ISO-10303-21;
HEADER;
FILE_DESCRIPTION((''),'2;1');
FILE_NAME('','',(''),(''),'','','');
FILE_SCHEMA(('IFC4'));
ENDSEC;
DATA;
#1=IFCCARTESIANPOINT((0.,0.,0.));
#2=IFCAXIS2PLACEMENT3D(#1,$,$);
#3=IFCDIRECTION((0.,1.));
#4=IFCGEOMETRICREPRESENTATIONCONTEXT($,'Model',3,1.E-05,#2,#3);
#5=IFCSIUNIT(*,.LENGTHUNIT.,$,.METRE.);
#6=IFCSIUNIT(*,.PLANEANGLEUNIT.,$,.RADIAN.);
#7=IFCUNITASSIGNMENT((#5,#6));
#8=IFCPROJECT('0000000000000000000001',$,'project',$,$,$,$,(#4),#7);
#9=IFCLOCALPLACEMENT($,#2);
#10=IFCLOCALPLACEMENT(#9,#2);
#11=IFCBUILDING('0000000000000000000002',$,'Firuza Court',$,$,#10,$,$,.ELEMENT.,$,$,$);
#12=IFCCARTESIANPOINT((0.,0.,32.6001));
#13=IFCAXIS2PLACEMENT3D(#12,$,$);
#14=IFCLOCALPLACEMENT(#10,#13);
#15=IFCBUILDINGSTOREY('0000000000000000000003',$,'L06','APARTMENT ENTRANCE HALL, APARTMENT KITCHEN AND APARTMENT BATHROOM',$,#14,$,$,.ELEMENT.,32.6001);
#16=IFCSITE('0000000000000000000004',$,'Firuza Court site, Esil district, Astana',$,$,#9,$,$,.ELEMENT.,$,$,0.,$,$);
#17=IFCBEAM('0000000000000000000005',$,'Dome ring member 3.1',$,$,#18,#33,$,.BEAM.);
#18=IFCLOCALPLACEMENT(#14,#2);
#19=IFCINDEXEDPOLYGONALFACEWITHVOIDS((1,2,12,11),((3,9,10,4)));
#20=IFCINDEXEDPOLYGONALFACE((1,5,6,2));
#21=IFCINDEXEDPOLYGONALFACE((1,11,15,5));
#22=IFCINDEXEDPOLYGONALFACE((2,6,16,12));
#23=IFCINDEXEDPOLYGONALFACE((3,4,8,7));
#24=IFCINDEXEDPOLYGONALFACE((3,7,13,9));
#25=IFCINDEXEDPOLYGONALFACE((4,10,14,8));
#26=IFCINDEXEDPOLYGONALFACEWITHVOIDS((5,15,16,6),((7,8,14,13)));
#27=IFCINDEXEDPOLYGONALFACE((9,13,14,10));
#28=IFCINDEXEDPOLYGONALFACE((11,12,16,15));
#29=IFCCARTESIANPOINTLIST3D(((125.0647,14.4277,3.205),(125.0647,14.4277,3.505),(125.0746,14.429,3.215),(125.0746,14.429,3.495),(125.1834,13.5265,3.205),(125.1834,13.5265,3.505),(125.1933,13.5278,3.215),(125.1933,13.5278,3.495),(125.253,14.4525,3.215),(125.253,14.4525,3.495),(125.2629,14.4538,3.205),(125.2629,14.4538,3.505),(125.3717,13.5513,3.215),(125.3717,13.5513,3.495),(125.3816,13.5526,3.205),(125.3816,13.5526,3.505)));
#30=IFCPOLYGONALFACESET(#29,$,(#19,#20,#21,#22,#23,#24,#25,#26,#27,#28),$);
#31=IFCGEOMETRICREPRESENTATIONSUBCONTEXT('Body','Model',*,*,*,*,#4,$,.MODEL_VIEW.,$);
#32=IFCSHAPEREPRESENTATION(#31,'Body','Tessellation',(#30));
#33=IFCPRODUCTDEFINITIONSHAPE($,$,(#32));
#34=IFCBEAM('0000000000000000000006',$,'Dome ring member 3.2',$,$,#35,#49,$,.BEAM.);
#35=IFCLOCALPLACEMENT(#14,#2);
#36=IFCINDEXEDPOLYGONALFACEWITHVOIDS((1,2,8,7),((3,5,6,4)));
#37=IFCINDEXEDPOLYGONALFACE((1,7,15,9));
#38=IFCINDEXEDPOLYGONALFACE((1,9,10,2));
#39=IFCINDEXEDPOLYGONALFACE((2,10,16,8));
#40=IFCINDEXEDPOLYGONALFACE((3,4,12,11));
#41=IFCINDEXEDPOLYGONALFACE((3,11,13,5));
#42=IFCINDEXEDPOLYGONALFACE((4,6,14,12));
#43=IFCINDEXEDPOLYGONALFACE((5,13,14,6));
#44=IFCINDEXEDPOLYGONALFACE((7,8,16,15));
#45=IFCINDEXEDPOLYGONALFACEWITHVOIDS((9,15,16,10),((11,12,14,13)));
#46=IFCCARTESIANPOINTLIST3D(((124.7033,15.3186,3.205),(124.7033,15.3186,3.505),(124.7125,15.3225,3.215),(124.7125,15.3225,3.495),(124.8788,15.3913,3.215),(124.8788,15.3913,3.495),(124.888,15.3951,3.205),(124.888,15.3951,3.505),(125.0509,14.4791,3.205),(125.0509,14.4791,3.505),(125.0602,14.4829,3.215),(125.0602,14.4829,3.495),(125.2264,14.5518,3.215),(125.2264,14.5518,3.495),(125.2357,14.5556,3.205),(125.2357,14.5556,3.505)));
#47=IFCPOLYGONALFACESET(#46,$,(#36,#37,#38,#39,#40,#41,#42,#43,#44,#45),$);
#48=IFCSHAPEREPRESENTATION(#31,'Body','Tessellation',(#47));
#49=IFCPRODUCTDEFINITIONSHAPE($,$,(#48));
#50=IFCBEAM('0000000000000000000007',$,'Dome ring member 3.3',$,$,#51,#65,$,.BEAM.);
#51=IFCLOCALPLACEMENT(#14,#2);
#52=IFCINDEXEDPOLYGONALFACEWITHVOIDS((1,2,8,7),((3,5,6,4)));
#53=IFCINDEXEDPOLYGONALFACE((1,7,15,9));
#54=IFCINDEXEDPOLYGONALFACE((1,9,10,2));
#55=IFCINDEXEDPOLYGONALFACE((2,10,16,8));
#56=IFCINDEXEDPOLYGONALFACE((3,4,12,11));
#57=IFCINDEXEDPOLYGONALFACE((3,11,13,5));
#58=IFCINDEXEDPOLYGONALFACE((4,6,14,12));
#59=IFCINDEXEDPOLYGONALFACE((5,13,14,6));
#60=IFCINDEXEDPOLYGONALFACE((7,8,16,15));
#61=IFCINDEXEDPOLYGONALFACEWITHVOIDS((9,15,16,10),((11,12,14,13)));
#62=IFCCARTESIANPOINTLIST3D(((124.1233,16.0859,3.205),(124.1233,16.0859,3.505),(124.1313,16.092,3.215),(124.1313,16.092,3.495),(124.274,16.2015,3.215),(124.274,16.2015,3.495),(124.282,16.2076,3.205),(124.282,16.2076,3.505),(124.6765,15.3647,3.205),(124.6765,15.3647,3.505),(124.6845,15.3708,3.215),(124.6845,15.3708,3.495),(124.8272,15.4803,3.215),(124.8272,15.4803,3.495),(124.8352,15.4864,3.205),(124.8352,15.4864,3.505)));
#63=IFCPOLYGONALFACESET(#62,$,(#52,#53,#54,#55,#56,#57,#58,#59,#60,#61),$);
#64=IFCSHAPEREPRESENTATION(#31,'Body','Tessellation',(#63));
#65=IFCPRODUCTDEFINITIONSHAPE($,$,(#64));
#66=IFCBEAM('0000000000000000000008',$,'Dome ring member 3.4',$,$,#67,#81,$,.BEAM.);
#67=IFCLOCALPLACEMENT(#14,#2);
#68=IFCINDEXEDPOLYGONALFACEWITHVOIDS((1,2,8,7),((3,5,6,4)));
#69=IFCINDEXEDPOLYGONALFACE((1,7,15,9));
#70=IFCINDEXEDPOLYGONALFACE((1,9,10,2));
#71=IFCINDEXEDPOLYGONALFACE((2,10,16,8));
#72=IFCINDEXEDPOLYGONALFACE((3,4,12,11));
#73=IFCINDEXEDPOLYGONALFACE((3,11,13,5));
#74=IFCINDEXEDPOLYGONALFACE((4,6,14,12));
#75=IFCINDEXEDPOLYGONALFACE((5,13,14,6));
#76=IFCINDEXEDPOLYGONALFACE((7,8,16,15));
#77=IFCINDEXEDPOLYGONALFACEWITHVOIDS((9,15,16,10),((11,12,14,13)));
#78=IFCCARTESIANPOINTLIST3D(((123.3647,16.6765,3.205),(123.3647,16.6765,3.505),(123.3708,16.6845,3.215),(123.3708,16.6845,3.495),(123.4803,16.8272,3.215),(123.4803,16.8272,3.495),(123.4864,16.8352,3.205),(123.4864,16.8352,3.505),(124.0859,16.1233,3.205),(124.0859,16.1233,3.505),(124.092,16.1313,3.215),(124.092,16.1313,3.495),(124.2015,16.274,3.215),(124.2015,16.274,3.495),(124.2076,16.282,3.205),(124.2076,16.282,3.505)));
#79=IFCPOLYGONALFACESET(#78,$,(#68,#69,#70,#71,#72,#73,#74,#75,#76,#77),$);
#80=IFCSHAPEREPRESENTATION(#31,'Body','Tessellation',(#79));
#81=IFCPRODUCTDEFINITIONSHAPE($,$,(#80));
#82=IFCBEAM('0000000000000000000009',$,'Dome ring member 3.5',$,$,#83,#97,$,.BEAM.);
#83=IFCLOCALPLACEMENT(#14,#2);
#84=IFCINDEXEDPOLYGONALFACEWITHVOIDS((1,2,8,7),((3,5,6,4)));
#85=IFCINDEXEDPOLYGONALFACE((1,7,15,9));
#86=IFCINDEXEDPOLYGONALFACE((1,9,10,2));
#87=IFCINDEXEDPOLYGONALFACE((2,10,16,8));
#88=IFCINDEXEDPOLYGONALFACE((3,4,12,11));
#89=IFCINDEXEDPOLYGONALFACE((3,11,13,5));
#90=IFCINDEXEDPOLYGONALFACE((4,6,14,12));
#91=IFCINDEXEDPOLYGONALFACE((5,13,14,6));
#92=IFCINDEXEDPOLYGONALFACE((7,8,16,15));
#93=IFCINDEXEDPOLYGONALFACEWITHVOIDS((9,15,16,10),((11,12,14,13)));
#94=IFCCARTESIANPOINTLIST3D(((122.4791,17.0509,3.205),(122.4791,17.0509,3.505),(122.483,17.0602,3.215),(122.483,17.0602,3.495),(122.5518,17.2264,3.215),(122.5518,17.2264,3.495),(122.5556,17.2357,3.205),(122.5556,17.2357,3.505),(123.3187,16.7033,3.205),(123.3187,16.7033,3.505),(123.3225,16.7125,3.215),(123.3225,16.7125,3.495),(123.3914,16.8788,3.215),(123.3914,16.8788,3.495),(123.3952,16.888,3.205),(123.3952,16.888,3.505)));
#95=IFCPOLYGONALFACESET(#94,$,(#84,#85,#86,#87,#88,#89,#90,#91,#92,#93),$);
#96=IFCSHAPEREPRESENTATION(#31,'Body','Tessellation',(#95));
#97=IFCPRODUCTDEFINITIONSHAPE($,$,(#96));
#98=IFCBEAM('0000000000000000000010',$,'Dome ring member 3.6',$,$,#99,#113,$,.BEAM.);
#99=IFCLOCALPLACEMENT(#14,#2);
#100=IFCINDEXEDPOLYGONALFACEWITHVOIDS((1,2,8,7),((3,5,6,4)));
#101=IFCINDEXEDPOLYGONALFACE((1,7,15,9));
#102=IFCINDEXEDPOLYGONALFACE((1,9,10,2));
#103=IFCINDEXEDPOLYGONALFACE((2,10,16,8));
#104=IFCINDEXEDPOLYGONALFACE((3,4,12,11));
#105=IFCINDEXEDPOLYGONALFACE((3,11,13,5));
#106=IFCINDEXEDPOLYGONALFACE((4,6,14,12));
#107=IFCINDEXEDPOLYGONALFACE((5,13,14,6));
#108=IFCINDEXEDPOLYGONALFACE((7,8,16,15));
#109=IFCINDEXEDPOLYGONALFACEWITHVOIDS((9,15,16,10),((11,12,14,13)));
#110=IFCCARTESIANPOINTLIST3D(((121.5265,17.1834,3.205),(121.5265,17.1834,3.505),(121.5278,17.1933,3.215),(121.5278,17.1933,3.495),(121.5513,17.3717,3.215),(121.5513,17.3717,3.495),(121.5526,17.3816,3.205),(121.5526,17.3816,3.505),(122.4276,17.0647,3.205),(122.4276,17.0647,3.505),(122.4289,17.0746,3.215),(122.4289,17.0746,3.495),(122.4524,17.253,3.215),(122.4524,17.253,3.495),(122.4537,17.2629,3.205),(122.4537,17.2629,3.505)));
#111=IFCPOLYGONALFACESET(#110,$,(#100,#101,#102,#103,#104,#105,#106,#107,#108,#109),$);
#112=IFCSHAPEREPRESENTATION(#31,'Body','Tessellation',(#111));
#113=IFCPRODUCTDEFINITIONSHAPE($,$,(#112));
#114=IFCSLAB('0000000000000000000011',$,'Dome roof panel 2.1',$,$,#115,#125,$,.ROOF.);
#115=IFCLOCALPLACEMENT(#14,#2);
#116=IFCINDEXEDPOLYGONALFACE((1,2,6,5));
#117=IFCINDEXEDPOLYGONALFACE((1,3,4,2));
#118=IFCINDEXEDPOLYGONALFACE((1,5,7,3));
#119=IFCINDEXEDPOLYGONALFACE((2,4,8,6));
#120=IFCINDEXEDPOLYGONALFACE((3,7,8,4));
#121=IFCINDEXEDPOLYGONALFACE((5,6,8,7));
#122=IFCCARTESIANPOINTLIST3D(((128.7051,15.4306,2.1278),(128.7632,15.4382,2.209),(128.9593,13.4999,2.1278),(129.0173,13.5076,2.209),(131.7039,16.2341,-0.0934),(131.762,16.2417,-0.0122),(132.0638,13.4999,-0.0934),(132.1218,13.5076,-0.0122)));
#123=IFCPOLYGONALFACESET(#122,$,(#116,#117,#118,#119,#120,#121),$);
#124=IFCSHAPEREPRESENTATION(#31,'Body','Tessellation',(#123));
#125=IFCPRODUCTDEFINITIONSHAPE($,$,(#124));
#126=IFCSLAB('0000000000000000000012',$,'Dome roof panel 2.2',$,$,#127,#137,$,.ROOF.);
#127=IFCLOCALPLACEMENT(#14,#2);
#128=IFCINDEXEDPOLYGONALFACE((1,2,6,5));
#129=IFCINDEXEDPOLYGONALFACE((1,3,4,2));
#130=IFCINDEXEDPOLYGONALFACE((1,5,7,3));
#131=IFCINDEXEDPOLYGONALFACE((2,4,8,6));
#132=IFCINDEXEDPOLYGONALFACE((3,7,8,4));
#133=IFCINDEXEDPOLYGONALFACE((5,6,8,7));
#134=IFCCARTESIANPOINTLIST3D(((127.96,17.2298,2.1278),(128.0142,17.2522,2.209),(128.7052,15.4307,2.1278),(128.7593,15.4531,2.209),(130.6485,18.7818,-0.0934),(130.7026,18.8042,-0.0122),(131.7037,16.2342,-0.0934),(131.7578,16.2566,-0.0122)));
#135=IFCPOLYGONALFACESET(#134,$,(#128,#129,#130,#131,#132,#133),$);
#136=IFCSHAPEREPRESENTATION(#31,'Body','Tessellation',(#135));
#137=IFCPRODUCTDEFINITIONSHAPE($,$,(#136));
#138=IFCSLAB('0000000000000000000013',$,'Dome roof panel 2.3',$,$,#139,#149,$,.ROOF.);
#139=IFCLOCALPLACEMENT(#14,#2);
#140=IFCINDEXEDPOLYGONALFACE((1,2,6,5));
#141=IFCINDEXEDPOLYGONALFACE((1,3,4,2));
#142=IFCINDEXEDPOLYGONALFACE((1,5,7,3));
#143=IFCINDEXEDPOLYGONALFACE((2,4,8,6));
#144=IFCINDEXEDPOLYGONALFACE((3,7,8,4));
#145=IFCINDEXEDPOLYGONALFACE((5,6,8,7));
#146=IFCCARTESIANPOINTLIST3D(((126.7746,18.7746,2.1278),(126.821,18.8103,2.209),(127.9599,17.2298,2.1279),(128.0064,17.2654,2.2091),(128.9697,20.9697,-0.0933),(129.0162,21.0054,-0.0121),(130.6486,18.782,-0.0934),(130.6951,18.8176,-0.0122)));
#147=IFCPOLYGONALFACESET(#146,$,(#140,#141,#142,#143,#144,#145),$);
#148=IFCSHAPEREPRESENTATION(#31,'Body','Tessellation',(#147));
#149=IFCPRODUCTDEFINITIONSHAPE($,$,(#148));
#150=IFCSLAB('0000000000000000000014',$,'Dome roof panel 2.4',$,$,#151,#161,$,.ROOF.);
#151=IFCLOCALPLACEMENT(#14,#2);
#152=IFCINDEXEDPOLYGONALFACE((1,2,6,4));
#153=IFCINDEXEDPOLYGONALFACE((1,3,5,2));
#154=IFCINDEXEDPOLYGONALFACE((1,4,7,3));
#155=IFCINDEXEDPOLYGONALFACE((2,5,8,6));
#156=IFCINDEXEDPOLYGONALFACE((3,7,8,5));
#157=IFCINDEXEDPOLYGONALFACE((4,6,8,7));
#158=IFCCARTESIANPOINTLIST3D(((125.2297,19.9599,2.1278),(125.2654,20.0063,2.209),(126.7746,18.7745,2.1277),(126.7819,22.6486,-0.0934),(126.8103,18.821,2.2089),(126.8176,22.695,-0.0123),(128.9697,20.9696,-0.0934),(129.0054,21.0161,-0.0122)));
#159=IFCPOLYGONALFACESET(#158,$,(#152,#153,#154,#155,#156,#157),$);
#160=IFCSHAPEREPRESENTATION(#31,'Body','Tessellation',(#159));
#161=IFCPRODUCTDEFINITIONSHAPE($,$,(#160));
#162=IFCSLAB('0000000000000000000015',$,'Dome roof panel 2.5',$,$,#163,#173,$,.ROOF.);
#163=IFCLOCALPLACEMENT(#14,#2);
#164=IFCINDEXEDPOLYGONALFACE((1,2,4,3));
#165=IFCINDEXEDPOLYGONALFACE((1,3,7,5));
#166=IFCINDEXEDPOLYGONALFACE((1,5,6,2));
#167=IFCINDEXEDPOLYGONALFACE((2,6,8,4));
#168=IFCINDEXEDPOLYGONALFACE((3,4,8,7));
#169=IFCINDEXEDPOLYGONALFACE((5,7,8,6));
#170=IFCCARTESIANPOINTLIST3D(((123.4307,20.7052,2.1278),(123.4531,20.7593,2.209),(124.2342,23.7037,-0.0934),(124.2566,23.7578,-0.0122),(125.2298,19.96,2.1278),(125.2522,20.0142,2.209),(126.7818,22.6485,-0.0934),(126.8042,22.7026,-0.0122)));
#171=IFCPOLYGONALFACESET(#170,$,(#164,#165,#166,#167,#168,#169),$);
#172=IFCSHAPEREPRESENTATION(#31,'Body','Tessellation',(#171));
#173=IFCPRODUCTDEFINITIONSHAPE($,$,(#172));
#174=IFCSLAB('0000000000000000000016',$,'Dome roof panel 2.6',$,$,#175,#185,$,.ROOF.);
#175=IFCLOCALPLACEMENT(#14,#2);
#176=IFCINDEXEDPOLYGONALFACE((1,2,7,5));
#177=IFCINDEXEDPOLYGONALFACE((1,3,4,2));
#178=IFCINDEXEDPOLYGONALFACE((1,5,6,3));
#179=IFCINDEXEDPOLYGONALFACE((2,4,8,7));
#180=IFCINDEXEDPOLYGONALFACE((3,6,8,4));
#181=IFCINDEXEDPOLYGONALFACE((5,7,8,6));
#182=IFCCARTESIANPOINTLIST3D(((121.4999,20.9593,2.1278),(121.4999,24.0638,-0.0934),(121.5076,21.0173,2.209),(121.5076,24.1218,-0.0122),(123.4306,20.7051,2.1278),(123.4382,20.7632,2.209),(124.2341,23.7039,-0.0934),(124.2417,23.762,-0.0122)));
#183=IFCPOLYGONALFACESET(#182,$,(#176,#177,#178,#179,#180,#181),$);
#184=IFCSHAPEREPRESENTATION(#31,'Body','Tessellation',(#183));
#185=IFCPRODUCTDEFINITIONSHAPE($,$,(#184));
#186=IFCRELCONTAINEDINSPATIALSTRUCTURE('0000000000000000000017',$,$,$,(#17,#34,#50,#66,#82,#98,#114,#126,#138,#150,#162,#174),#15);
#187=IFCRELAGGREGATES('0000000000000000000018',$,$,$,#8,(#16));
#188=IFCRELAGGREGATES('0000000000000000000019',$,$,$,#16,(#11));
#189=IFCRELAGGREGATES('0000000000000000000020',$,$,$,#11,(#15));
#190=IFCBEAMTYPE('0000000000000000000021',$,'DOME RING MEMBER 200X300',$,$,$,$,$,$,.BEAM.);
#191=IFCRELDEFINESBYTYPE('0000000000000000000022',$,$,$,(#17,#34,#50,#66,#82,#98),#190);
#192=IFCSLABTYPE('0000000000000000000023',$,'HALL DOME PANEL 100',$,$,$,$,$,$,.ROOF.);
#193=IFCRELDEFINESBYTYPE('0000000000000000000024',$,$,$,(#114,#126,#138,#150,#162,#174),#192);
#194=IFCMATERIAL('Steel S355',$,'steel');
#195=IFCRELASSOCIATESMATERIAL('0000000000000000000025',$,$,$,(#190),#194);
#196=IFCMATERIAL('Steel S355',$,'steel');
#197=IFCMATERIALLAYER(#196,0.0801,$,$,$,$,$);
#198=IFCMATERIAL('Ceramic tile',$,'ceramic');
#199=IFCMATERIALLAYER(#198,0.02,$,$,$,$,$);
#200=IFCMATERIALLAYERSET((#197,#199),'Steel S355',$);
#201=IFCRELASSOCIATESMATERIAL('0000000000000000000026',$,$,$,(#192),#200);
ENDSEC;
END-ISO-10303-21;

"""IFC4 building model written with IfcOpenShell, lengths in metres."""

from ifc_helpers import new_model, si_unit, direction, frame, origin, origin_2d, place, context, subcontext, project, spatial, polyline, hollow_rectangle, outline, extrude, material, layer, layer_set, material_profile, profile_set, type_object, element, save


model = new_model("IFC4")

# Units and contexts
model_context = context("Model", 3, precision=1e-05, world=origin(), true_north=direction((0.0, 1.0)))
body_context = subcontext(model_context, "Body", "Model", "MODEL_VIEW")
ifc_project = project(units=[si_unit("LENGTHUNIT", "METRE"), si_unit("PLANEANGLEUNIT", "RADIAN")], contexts=[model_context])

# Site, building, storey
site_placement = place(None, origin())
site = spatial("IfcSite", under=ifc_project, at=site_placement, Name="Firuza Court site, Esil district, Astana", CompositionType="ELEMENT", RefElevation=0.0)
building_placement = place(site_placement, origin())
building = spatial("IfcBuilding", under=site, at=building_placement, Name="Firuza Court", CompositionType="ELEMENT")
storey_placement = place(building_placement, frame((0.0, 0.0, 32.6001)))
storey = spatial("IfcBuildingStorey", under=building, at=storey_placement, Name="L06", Description="APARTMENT ENTRANCE HALL, APARTMENT KITCHEN AND APARTMENT BATHROOM", CompositionType="ELEMENT", Elevation=32.6001)

# Beams
ifc_material_1 = material(Name="Steel S355", Category="steel")
ifc_material_profile_1 = material_profile(ifc_material_1, hollow_rectangle(XDim=0.2, YDim=0.3, WallThickness=0.01, at=origin_2d()), Name="RHS 300X200X10")
ifc_profile_set_1 = profile_set([ifc_material_profile_1], Name="Steel S355")
beam_type_1 = type_object("IfcBeamType", Name="DOME RING MEMBER 200X300", PredefinedType="BEAM", material=ifc_profile_set_1)
beam_1_placement = place(storey_placement, frame((125.2825, 13.5396, 3.355), z_axis=(-0.130545, 0.991442, 0.0), x_axis=(-0.991442, -0.130545, 0.0)))
element("IfcBeam", 1, at=beam_1_placement, inside=storey, type_object=beam_type_1, Name="Dome ring member 3.1", PredefinedType="BEAM", context=body_context, shape_type="SweptSolid", body=[
    extrude(hollow_rectangle(XDim=0.2, YDim=0.3, WallThickness=0.01, at=origin_2d()), origin(), (0.0, 0.0, 1.0), 0.9089),
])
beam_2_placement = place(storey_placement, frame((125.1433, 14.5173, 3.355), z_axis=(-0.382573, 0.923925, 0.0), x_axis=(-0.923925, -0.382573, 0.0)))
element("IfcBeam", 2, at=beam_2_placement, inside=storey, type_object=beam_type_1, Name="Dome ring member 3.2", PredefinedType="BEAM", context=body_context, shape_type="SweptSolid", body=[
    extrude(hollow_rectangle(XDim=0.2, YDim=0.3, WallThickness=0.01, at=origin_2d()), origin(), (0.0, 0.0, 1.0), 0.9087),
])
for number, where, z_axis, x_axis, name in (
    (3, (124.7559, 15.4255, 3.355), (-0.608646, 0.793442, 0.0), (-0.793442, -0.608646, 0.0), "Dome ring member 3.3"),
    (4, (124.1467, 16.2026, 3.355), (-0.793442, 0.608646, 0.0), (-0.608646, -0.793442, 0.0), "Dome ring member 3.4"),
):
    element("IfcBeam", number, at=place(storey_placement, frame(where, z_axis=z_axis, x_axis=x_axis)), inside=storey, type_object=beam_type_1, Name=name, PredefinedType="BEAM", context=body_context, shape_type="SweptSolid", body=[
        extrude(hollow_rectangle(XDim=0.2, YDim=0.3, WallThickness=0.01, at=origin_2d()), origin(), (0.0, 0.0, 1.0), 0.9089),
    ])
beam_3_placement = place(storey_placement, frame((123.3569, 16.7957, 3.355), z_axis=(-0.923925, 0.382573, 0.0), x_axis=(-0.382573, -0.923925, 0.0)))
element("IfcBeam", 5, at=beam_3_placement, inside=storey, type_object=beam_type_1, Name="Dome ring member 3.5", PredefinedType="BEAM", context=body_context, shape_type="SweptSolid", body=[
    extrude(hollow_rectangle(XDim=0.2, YDim=0.3, WallThickness=0.01, at=origin_2d()), origin(), (0.0, 0.0, 1.0), 0.9087),
])
beam_4_placement = place(storey_placement, frame((122.4407, 17.1638, 3.355), z_axis=(-0.991442, 0.130545, 0.0), x_axis=(-0.130545, -0.991442, 0.0)))
element("IfcBeam", 6, at=beam_4_placement, inside=storey, type_object=beam_type_1, Name="Dome ring member 3.6", PredefinedType="BEAM", context=body_context, shape_type="SweptSolid", body=[
    extrude(hollow_rectangle(XDim=0.2, YDim=0.3, WallThickness=0.01, at=origin_2d()), origin(), (0.0, 0.0, 1.0), 0.9089),
])

# Slabs
ifc_material_2 = material(Name="Steel S355", Category="steel")
ifc_layer_1 = layer(ifc_material_2, 0.0801)
ifc_material_3 = material(Name="Ceramic tile", Category="ceramic")
ifc_layer_2 = layer(ifc_material_3, 0.02)
ifc_layer_set = layer_set([ifc_layer_1, ifc_layer_2], Name="Steel S355")
slab_type = type_object("IfcSlabType", Name="HALL DOME PANEL 100", PredefinedType="ROOF", material=ifc_layer_set)
slab_1_placement = place(storey_placement, frame((132.1218, 13.5076, -0.0122), z_axis=(0.580177, 0.076367, 0.810902), x_axis=(-0.813277, 0.0, 0.581877)))
element("IfcSlab", 7, at=slab_1_placement, inside=storey, type_object=slab_type, Name="Dome roof panel 2.1", PredefinedType="ROOF", context=body_context, shape_type="SweptSolid", body=[
    extrude(outline(polyline([(0.0, 0.0), (3.8173, 0.0), (4.024, -1.9363), (0.2927, -2.7421), (0.0, 0.0)])), origin(), (0.0, 0.0, -1.0), 0.1001),
])
slab_2_placement = place(storey_placement, frame((131.7578, 16.2566, -0.0122), z_axis=(0.540669, 0.223932, 0.810883), x_axis=(-0.785546, -0.210489, 0.581903)))
element("IfcSlab", 8, at=slab_2_placement, inside=storey, type_object=slab_type, Name="Dome roof panel 2.2", PredefinedType="ROOF", context=body_context, shape_type="SweptSolid", body=[
    extrude(outline(polyline([(0.0, 0.0), (3.8171, 0.0), (4.0238, -1.9363), (0.2926, -2.7419), (0.0, 0.0)])), origin(), (0.0, 0.0, -1.0), 0.1001),
])
slab_3_placement = place(storey_placement, frame((130.6951, 18.8176, -0.0122), z_axis=(0.464258, 0.356248, 0.810896), x_axis=(-0.704326, -0.406618, 0.581882)))
element("IfcSlab", 9, at=slab_3_placement, inside=storey, type_object=slab_type, Name="Dome roof panel 2.3", PredefinedType="ROOF", context=body_context, shape_type="SweptSolid", body=[
    extrude(outline(polyline([(0.0, 0.0), (3.8174, 0.0), (4.024, -1.9362), (0.293, -2.7421), (0.0, 0.0)])), origin(), (0.0, 0.0, -1.0), 0.1001),
])
slab_4_placement = place(storey_placement, frame((129.0054, 21.0161, -0.0122), z_axis=(0.356248, 0.464258, 0.810896), x_axis=(-0.575068, -0.575071, 0.581885)))
element("IfcSlab", 10, at=slab_4_placement, inside=storey, type_object=slab_type, Name="Dome roof panel 2.4", PredefinedType="ROOF", context=body_context, shape_type="SweptSolid", body=[
    extrude(outline(polyline([(0.0, 0.0), (3.8171, 0.0), (4.0239, -1.9362), (0.2926, -2.7422), (0.0, 0.0)])), origin(), (0.0, 0.0, -1.0), 0.1001),
])
slab_5_placement = place(storey_placement, frame((126.8042, 22.7026, -0.0122), z_axis=(0.223932, 0.540669, 0.810883), x_axis=(-0.406592, -0.704324, 0.581902)))
element("IfcSlab", 11, at=slab_5_placement, inside=storey, type_object=slab_type, Name="Dome roof panel 2.5", PredefinedType="ROOF", context=body_context, shape_type="SweptSolid", body=[
    extrude(outline(polyline([(0.0, 0.0), (3.8171, 0.0), (4.0238, -1.9363), (0.2926, -2.7419), (0.0, 0.0)])), origin(), (0.0, 0.0, -1.0), 0.1001),
])
slab_6_placement = place(storey_placement, frame((124.2417, 23.762, -0.0122), z_axis=(0.076367, 0.580177, 0.810902), x_axis=(-0.210479, -0.78557, 0.581875)))
element("IfcSlab", 12, at=slab_6_placement, inside=storey, type_object=slab_type, Name="Dome roof panel 2.6", PredefinedType="ROOF", context=body_context, shape_type="SweptSolid", body=[
    extrude(outline(polyline([(0.0, 0.0), (3.8173, 0.0), (4.024, -1.9363), (0.2928, -2.7421), (0.0, 0.0)])), origin(), (0.0, 0.0, -1.0), 0.1001),
])

save(model, "model.ifc")
